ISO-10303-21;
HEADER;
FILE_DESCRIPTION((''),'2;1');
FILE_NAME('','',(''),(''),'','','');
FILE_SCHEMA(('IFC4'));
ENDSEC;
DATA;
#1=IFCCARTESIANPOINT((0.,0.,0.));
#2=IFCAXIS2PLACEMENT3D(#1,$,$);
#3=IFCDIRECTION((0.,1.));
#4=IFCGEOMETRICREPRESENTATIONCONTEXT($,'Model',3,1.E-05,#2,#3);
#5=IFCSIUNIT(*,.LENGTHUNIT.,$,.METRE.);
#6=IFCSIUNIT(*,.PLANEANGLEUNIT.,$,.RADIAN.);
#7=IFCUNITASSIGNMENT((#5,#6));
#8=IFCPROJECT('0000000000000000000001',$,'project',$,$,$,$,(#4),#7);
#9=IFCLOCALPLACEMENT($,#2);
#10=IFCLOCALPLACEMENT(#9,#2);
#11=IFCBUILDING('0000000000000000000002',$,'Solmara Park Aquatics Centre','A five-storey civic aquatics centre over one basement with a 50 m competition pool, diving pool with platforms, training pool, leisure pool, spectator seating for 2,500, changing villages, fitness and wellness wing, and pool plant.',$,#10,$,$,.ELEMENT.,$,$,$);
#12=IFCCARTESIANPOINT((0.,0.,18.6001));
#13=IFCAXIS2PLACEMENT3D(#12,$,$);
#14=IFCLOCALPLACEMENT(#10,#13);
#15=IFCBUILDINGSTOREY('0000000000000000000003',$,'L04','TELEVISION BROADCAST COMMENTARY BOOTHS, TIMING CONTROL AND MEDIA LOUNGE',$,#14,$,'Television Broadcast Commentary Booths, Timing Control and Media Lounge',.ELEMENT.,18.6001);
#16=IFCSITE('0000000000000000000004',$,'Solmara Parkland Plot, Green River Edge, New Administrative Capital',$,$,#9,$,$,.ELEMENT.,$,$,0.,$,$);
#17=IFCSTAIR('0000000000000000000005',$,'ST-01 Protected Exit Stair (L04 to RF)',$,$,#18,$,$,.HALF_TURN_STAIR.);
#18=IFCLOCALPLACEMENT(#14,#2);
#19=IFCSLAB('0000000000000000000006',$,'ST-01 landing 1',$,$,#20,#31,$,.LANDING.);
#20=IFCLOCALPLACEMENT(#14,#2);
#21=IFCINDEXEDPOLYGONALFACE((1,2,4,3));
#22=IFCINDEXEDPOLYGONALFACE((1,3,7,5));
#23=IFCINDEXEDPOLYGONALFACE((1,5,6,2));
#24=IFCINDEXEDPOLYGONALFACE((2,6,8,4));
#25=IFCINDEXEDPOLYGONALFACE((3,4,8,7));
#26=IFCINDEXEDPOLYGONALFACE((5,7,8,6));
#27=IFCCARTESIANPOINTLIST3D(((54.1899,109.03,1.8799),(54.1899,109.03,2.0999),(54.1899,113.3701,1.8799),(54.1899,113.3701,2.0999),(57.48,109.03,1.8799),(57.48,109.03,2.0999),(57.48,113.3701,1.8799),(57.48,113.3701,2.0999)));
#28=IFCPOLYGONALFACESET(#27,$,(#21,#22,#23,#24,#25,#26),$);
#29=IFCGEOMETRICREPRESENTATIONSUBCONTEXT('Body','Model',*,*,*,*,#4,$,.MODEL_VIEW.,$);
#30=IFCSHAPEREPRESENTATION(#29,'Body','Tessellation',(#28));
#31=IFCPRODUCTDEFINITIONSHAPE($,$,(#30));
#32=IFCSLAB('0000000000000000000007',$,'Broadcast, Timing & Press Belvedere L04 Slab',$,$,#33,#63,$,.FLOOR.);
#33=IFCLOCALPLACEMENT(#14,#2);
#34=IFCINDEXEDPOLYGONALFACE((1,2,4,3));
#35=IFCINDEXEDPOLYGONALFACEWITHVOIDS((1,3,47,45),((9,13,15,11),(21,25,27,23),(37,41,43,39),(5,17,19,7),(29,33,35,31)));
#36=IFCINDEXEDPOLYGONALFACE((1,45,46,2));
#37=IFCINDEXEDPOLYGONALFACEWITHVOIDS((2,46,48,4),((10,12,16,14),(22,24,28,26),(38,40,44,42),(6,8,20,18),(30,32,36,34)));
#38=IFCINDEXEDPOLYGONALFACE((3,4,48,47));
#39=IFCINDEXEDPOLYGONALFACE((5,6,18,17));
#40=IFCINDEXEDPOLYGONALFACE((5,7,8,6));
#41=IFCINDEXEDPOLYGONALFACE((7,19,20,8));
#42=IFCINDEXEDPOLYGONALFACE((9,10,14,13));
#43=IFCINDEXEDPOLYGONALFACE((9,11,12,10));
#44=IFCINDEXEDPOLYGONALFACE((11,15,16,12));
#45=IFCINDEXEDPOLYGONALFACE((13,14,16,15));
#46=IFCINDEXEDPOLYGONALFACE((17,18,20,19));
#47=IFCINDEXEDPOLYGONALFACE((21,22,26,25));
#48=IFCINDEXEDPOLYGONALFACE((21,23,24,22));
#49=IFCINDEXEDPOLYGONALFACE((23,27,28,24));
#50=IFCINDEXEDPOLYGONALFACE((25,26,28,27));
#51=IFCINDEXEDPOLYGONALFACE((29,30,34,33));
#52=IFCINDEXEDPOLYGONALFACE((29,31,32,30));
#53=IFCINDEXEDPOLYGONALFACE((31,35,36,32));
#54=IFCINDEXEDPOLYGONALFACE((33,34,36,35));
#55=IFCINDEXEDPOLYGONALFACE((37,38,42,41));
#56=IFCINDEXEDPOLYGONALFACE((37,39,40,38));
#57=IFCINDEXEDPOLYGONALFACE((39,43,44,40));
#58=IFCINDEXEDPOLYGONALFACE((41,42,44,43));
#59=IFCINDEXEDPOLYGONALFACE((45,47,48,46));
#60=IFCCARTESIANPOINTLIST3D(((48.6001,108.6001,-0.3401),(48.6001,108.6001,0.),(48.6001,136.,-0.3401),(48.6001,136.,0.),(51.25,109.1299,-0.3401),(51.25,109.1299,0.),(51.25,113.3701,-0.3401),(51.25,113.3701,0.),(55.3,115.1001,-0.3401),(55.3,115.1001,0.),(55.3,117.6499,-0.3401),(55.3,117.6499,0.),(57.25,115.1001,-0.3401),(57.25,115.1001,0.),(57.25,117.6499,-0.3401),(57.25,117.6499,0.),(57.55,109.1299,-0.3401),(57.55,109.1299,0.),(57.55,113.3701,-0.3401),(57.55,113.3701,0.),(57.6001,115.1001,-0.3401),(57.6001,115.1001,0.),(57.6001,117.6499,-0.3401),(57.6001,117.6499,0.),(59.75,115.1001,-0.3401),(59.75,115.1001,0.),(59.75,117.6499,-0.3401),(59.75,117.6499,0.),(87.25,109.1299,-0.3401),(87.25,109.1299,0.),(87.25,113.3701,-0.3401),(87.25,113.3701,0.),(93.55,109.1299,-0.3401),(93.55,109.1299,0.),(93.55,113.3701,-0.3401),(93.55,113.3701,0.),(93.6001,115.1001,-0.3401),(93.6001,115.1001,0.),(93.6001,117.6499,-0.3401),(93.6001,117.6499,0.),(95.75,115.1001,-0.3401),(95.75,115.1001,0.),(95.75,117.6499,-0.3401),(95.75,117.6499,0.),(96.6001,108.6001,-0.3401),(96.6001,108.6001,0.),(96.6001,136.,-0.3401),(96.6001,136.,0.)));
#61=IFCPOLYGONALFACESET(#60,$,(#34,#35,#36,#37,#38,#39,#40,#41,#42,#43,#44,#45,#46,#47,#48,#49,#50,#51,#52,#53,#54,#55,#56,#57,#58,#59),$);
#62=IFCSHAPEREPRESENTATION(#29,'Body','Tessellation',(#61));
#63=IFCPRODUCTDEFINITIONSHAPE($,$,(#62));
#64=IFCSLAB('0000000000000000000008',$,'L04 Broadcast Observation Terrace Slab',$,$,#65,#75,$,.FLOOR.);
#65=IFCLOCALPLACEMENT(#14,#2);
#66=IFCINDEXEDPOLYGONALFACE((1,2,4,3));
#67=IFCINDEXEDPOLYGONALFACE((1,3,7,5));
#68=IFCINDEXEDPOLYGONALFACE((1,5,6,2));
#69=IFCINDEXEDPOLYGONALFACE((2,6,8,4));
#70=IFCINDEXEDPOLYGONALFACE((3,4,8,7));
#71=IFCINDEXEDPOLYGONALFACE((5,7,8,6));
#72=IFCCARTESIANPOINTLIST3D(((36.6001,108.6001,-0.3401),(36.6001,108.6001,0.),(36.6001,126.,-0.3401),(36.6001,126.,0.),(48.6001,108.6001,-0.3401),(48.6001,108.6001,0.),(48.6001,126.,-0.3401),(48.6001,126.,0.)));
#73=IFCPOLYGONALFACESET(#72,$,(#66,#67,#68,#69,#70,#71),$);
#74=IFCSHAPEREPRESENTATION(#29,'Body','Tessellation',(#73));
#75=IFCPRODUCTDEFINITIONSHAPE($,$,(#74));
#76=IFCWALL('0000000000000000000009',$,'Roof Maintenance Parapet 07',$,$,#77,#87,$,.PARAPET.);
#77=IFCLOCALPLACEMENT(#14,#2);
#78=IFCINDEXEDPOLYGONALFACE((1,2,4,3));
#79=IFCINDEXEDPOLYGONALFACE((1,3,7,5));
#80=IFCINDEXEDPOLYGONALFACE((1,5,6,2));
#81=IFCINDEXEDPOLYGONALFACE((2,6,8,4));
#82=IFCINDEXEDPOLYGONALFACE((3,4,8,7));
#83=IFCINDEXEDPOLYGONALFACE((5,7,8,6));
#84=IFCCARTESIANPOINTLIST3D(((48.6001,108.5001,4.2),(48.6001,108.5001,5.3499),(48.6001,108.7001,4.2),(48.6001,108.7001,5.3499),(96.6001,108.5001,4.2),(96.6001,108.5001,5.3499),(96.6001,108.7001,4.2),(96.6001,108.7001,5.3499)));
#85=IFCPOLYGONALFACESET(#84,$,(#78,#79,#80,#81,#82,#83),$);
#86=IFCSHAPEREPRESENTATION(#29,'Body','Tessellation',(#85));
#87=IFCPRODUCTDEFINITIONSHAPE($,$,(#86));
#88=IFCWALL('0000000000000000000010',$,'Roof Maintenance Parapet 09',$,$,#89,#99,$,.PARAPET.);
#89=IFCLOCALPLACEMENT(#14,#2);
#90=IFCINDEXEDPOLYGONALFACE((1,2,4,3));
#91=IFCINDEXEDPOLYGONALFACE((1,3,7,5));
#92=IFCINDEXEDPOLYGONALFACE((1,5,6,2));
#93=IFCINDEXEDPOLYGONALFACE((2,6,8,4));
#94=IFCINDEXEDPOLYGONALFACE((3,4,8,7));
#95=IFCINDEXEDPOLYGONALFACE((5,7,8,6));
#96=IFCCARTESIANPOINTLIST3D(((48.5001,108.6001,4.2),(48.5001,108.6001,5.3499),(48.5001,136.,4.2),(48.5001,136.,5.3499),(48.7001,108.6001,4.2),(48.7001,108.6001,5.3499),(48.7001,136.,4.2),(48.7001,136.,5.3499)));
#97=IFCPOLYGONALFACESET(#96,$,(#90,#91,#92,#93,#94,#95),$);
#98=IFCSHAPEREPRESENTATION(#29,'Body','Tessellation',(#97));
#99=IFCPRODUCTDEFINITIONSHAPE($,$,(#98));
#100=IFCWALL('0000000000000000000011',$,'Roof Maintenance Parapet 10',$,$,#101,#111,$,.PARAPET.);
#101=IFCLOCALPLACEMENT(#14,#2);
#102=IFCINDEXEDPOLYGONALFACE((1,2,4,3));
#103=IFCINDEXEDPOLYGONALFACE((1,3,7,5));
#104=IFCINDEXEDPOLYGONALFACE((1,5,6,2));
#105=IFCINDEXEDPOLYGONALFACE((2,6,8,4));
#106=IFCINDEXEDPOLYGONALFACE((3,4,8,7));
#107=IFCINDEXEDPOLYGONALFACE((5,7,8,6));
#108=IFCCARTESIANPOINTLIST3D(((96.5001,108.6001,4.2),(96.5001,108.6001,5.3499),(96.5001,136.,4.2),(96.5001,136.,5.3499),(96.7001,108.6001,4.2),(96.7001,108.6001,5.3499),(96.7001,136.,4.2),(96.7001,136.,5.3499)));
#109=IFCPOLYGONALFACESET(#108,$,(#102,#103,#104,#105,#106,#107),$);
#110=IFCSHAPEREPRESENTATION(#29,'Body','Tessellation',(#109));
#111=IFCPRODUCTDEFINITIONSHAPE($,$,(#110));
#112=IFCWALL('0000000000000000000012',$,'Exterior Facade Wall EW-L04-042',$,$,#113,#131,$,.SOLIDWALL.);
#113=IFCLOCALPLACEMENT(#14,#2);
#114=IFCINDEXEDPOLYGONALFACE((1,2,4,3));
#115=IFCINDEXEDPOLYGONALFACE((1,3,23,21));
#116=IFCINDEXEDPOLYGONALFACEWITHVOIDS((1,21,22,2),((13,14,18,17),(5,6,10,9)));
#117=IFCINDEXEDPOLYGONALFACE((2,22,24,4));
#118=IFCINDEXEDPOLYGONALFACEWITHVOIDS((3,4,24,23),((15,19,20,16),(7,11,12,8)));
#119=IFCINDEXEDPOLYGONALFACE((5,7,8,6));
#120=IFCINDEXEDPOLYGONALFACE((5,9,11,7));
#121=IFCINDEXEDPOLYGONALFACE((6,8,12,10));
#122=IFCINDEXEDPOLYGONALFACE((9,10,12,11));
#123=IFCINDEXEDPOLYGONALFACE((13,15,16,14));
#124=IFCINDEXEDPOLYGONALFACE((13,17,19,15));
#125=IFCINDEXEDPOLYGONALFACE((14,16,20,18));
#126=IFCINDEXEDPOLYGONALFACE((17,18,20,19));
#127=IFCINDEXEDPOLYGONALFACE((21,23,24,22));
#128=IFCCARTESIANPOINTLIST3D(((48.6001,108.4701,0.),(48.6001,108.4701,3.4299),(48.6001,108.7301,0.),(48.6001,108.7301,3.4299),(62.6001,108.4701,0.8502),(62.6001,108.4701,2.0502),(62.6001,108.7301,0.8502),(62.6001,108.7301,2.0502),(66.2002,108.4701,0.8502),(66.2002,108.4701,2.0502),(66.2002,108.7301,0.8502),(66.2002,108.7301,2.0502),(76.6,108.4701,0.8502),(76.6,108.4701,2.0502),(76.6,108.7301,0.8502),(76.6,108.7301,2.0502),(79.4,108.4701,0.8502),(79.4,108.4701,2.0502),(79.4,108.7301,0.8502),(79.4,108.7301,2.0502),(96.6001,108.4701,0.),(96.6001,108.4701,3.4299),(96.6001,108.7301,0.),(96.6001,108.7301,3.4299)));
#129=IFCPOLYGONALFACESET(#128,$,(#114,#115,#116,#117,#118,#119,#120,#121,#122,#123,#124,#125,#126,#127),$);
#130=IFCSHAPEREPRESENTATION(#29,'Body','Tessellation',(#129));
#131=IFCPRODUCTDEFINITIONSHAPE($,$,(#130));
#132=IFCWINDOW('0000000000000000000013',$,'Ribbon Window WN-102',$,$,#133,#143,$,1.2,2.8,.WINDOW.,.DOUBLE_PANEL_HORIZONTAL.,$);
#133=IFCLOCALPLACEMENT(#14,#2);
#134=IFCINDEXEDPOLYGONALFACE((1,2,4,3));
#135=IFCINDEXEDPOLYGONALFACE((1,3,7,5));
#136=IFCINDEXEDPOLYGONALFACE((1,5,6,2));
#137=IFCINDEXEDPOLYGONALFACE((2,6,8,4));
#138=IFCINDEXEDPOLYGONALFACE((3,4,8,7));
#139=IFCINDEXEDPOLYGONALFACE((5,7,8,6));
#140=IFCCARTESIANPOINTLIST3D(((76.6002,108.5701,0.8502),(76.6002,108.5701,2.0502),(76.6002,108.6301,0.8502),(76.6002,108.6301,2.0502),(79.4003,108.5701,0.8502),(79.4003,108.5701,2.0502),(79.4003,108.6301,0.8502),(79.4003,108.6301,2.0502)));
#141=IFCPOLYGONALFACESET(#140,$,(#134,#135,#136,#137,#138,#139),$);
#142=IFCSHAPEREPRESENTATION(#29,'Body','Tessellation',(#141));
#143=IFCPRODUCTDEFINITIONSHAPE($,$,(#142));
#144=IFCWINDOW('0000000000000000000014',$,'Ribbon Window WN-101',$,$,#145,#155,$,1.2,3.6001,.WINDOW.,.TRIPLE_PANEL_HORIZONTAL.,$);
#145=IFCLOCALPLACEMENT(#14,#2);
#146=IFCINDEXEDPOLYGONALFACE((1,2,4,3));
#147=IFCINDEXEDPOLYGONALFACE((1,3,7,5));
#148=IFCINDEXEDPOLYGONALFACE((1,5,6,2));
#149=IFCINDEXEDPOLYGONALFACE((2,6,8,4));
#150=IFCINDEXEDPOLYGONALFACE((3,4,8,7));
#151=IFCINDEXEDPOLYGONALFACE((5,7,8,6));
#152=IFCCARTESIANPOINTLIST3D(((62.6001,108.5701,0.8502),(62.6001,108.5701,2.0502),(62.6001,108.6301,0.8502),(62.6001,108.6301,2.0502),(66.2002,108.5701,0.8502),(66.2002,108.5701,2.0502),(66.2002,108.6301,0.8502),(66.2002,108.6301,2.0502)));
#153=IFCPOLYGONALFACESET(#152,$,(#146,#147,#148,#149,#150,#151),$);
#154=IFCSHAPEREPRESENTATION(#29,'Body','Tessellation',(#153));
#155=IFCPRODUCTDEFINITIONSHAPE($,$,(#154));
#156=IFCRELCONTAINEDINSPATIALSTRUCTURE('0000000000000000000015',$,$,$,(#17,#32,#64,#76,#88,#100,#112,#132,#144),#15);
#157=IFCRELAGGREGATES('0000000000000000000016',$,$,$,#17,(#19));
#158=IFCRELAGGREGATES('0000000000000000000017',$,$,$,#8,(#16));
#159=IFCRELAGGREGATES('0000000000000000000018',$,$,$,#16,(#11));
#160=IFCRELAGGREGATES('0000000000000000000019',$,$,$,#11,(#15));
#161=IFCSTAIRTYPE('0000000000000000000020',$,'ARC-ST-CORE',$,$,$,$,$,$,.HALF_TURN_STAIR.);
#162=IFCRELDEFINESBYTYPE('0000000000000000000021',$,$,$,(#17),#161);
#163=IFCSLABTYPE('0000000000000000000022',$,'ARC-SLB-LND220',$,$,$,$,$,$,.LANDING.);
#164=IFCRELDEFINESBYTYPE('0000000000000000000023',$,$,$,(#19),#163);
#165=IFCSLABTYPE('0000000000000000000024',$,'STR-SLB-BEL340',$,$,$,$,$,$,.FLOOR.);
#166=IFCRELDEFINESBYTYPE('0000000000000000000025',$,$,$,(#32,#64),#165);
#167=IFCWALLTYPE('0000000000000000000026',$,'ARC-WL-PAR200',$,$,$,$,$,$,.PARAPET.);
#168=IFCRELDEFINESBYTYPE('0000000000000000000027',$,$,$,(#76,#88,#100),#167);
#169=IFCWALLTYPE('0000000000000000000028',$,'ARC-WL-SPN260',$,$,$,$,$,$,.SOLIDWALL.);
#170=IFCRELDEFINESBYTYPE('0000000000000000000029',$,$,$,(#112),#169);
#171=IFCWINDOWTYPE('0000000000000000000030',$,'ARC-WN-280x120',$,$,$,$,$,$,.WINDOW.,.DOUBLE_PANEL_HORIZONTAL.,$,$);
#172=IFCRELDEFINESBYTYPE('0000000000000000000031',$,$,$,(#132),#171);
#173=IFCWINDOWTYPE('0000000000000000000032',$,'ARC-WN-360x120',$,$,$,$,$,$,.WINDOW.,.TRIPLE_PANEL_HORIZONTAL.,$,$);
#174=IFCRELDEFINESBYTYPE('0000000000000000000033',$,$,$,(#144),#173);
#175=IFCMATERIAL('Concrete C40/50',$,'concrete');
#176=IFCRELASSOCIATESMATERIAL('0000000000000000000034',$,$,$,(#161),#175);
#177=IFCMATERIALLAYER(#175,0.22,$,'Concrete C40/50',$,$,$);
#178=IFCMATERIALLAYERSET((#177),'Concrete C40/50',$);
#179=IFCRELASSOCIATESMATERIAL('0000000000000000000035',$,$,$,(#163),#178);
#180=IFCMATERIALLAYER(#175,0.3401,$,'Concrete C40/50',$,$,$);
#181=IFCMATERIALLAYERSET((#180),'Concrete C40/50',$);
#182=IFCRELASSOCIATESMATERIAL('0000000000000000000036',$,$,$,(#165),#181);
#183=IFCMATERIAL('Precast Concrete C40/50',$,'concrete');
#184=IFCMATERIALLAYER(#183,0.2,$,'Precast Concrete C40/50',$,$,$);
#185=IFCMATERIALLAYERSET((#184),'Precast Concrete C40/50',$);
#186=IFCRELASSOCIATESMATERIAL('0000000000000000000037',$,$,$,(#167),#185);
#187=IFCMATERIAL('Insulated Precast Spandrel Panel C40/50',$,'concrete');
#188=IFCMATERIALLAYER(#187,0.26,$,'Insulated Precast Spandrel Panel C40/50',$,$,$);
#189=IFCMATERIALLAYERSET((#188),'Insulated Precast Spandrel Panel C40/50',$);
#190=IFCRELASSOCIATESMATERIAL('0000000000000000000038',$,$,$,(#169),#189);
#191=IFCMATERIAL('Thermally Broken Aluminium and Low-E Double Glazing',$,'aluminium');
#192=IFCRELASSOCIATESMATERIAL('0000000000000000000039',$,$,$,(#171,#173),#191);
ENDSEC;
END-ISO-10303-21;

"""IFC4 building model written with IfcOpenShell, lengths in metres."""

from ifc_helpers import new_model, si_unit, direction, frame, frame_2d, origin, place, context, subcontext, project, spatial, polyline, rectangle, outline, extrude, material, layer, layer_set, type_object, element, fill, aggregate, save


model = new_model("IFC4")

# Units and contexts
model_context = context("Model", 3, precision=1e-05, world=origin(), true_north=direction((0.0, 1.0)))
body_context = subcontext(model_context, "Body", "Model", "MODEL_VIEW")
ifc_project = project(units=[si_unit("LENGTHUNIT", "METRE"), si_unit("PLANEANGLEUNIT", "RADIAN")], contexts=[model_context])

# Site, building, storey
site_placement = place(None, origin())
site = spatial("IfcSite", under=ifc_project, at=site_placement, Name="Solmara Parkland Plot, Green River Edge, New Administrative Capital", CompositionType="ELEMENT", RefElevation=0.0)
building_placement = place(site_placement, origin())
building = spatial("IfcBuilding", under=site, at=building_placement, Name="Solmara Park Aquatics Centre", Description="A five-storey civic aquatics centre over one basement with a 50 m competition pool, diving pool with platforms, training pool, leisure pool, spectator seating for 2,500, changing villages, fitness and wellness wing, and pool plant.", CompositionType="ELEMENT")
storey_placement = place(building_placement, frame((0.0, 0.0, 18.6001)))
storey = spatial("IfcBuildingStorey", under=building, at=storey_placement, Name="L04", Description="TELEVISION BROADCAST COMMENTARY BOOTHS, TIMING CONTROL AND MEDIA LOUNGE", LongName="Television Broadcast Commentary Booths, Timing Control and Media Lounge", CompositionType="ELEMENT", Elevation=18.6001)

# Shared definitions
ifc_material_1 = material(Name="Concrete C40/50", Category="concrete")

# Stair, slab
stair_type = type_object("IfcStairType", Name="ARC-ST-CORE", PredefinedType="HALF_TURN_STAIR", material=ifc_material_1)
stair_placement = place(storey_placement, origin())
stair = element("IfcStair", 1, at=stair_placement, inside=storey, type_object=stair_type, Name="ST-01 Protected Exit Stair (L04 to RF)", PredefinedType="HALF_TURN_STAIR")
ifc_layer_1 = layer(ifc_material_1, 0.22, Name="Concrete C40/50")
ifc_layer_set_1 = layer_set([ifc_layer_1], Name="Concrete C40/50")
slab_type_1 = type_object("IfcSlabType", Name="ARC-SLB-LND220", PredefinedType="LANDING", material=ifc_layer_set_1)
slab_1_placement = place(storey_placement, frame((0.0, 0.0, 1.8799)))
slab_1 = element("IfcSlab", 2, at=slab_1_placement, type_object=slab_type_1, Name="ST-01 landing 1", PredefinedType="LANDING", context=body_context, shape_type="SweptSolid", body=[
    extrude(outline(polyline([(54.1899, 109.03), (57.48, 109.03), (57.48, 113.3701), (54.1899, 113.3701), (54.1899, 109.03)])), origin(), (0.0, 0.0, 1.0), 0.22),
])
aggregate(stair, [slab_1])

# Slabs
ifc_layer_2 = layer(ifc_material_1, 0.3401, Name="Concrete C40/50")
ifc_layer_set_2 = layer_set([ifc_layer_2], Name="Concrete C40/50")
slab_type_2 = type_object("IfcSlabType", Name="STR-SLB-BEL340", PredefinedType="FLOOR", material=ifc_layer_set_2)
slab_2_placement = place(storey_placement, frame((0.0, 0.0, -0.3401)))
element("IfcSlab", 3, at=slab_2_placement, inside=storey, type_object=slab_type_2, Name="Broadcast, Timing & Press Belvedere L04 Slab", PredefinedType="FLOOR", context=body_context, shape_type="SweptSolid", body=[
    extrude(outline(polyline([(48.6001, 108.6001), (96.6001, 108.6001), (96.6001, 136.0), (48.6001, 136.0), (48.6001, 108.6001)]), holes=[polyline([(51.25, 109.1299), (57.55, 109.1299), (57.55, 113.3701), (51.25, 113.3701), (51.25, 109.1299)]), polyline([(57.6001, 115.1001), (59.75, 115.1001), (59.75, 117.6499), (57.6001, 117.6499), (57.6001, 115.1001)]), polyline([(55.3, 115.1001), (57.25, 115.1001), (57.25, 117.6499), (55.3, 117.6499), (55.3, 115.1001)]), polyline([(87.25, 109.1299), (93.55, 109.1299), (93.55, 113.3701), (87.25, 113.3701), (87.25, 109.1299)]), polyline([(93.6001, 115.1001), (95.75, 115.1001), (95.75, 117.6499), (93.6001, 117.6499), (93.6001, 115.1001)])]), origin(), (0.0, 0.0, 1.0), 0.3401),
])
slab_3_placement = place(storey_placement, frame((0.0, 0.0, -0.3401)))
element("IfcSlab", 4, at=slab_3_placement, inside=storey, type_object=slab_type_2, Name="L04 Broadcast Observation Terrace Slab", PredefinedType="FLOOR", context=body_context, shape_type="SweptSolid", body=[
    extrude(outline(polyline([(36.6001, 108.6001), (48.6001, 108.6001), (48.6001, 126.0), (36.6001, 126.0), (36.6001, 108.6001)])), origin(), (0.0, 0.0, 1.0), 0.3401),
])

# Walls
ifc_material_2 = material(Name="Precast Concrete C40/50", Category="concrete")
ifc_layer_3 = layer(ifc_material_2, 0.2, Name="Precast Concrete C40/50")
ifc_layer_set_3 = layer_set([ifc_layer_3], Name="Precast Concrete C40/50")
wall_type_1 = type_object("IfcWallType", Name="ARC-WL-PAR200", PredefinedType="PARAPET", material=ifc_layer_set_3)
wall_1_placement = place(storey_placement, frame((48.6001, 108.6001, 4.2), z_axis=(0.0, 0.0, 1.0), x_axis=(1.0, 0.0, 0.0)))
element("IfcWall", 5, at=wall_1_placement, inside=storey, type_object=wall_type_1, Name="Roof Maintenance Parapet 07", PredefinedType="PARAPET", context=body_context, shape_type="SweptSolid", body=[
    extrude(rectangle(XDim=48.0, YDim=0.2, at=frame_2d((24.0, 0.0))), origin(), (0.0, 0.0, 1.0), 1.1499),
])
for number, where, z_axis, x_axis, name in (
    (6, (48.6001, 108.6001, 4.2), (0.0, 0.0, 1.0), (0.0, 1.0, 0.0), "Roof Maintenance Parapet 09"),
    (7, (96.6001, 108.6001, 4.2), (0.0, 0.0, 1.0), (0.0, 1.0, 0.0), "Roof Maintenance Parapet 10"),
):
    element("IfcWall", number, at=place(storey_placement, frame(where, z_axis=z_axis, x_axis=x_axis)), inside=storey, type_object=wall_type_1, Name=name, PredefinedType="PARAPET", context=body_context, shape_type="SweptSolid", body=[
        extrude(rectangle(XDim=27.3999, YDim=0.2, at=frame_2d((13.7, 0.0))), origin(), (0.0, 0.0, 1.0), 1.1499),
    ])

# Wall, openings, windows
ifc_material_3 = material(Name="Insulated Precast Spandrel Panel C40/50", Category="concrete")
ifc_layer_4 = layer(ifc_material_3, 0.26, Name="Insulated Precast Spandrel Panel C40/50")
ifc_layer_set_4 = layer_set([ifc_layer_4], Name="Insulated Precast Spandrel Panel C40/50")
wall_type_2 = type_object("IfcWallType", Name="ARC-WL-SPN260", PredefinedType="SOLIDWALL", material=ifc_layer_set_4)
wall_2_placement = place(storey_placement, frame((48.6001, 108.6001, 0.0), z_axis=(0.0, 0.0, 1.0), x_axis=(1.0, 0.0, 0.0)))
wall_2 = element("IfcWall", 8, at=wall_2_placement, inside=storey, type_object=wall_type_2, Name="Exterior Facade Wall EW-L04-042", PredefinedType="SOLIDWALL", context=body_context, shape_type="SweptSolid", body=[
    extrude(rectangle(XDim=48.0, YDim=0.26, at=frame_2d((24.0, 0.0))), origin(), (0.0, 0.0, 1.0), 3.4299),
])
opening_1_placement = place(wall_2_placement, frame((14.0, 0.0, 0.8501)))
opening_1 = element("IfcOpeningElement", 9, at=opening_1_placement, cuts=wall_2, PredefinedType="OPENING", context=body_context, shape_type="SweptSolid", body=[
    extrude(rectangle(XDim=3.6001, YDim=1.2, at=frame_2d((1.8, 0.6001))), frame((0.0, 0.1399, 0.0), z_axis=(0.0, -1.0, 0.0), x_axis=(1.0, 0.0, 0.0)), (0.0, 0.0, 1.0), 0.28),
])
opening_2_placement = place(wall_2_placement, frame((28.0, 0.0, 0.8501)))
opening_2 = element("IfcOpeningElement", 10, at=opening_2_placement, cuts=wall_2, PredefinedType="OPENING", context=body_context, shape_type="SweptSolid", body=[
    extrude(rectangle(XDim=2.8, YDim=1.2, at=frame_2d((1.3999, 0.6001))), frame((0.0, 0.1399, 0.0), z_axis=(0.0, -1.0, 0.0), x_axis=(1.0, 0.0, 0.0)), (0.0, 0.0, 1.0), 0.28),
])
ifc_material_4 = material(Name="Thermally Broken Aluminium and Low-E Double Glazing", Category="aluminium")
window_type_1 = type_object("IfcWindowType", Name="ARC-WN-280x120", PartitioningType="DOUBLE_PANEL_HORIZONTAL", PredefinedType="WINDOW", material=ifc_material_4)
window_1_placement = place(opening_2_placement, frame((2.8, 0.0, 0.0), z_axis=(0.0, 0.0, 1.0), x_axis=(-1.0, 0.0, 0.0)))
window_1 = element("IfcWindow", 11, at=window_1_placement, inside=storey, type_object=window_type_1, Name="Ribbon Window WN-102", OverallHeight=1.2, OverallWidth=2.8, PartitioningType="DOUBLE_PANEL_HORIZONTAL", PredefinedType="WINDOW", context=body_context, shape_type="SweptSolid", body=[
    extrude(rectangle(XDim=2.8, YDim=1.2, at=frame_2d((1.3999, 0.6001))), frame((0.0, 0.03, 0.0), z_axis=(0.0, -1.0, 0.0), x_axis=(1.0, 0.0, 0.0)), (0.0, 0.0, 1.0), 0.0601),
])
fill(opening_2, window_1)
window_type_2 = type_object("IfcWindowType", Name="ARC-WN-360x120", PartitioningType="TRIPLE_PANEL_HORIZONTAL", PredefinedType="WINDOW", material=ifc_material_4)
window_2_placement = place(opening_1_placement, frame((3.6001, 0.0, 0.0), z_axis=(0.0, 0.0, 1.0), x_axis=(-1.0, 0.0, 0.0)))
window_2 = element("IfcWindow", 12, at=window_2_placement, inside=storey, type_object=window_type_2, Name="Ribbon Window WN-101", OverallHeight=1.2, OverallWidth=3.6001, PartitioningType="TRIPLE_PANEL_HORIZONTAL", PredefinedType="WINDOW", context=body_context, shape_type="SweptSolid", body=[
    extrude(rectangle(XDim=3.6001, YDim=1.2, at=frame_2d((1.8, 0.6001))), frame((0.0, 0.03, 0.0), z_axis=(0.0, -1.0, 0.0), x_axis=(1.0, 0.0, 0.0)), (0.0, 0.0, 1.0), 0.0601),
])
fill(opening_1, window_2)

save(model, "model.ifc")
